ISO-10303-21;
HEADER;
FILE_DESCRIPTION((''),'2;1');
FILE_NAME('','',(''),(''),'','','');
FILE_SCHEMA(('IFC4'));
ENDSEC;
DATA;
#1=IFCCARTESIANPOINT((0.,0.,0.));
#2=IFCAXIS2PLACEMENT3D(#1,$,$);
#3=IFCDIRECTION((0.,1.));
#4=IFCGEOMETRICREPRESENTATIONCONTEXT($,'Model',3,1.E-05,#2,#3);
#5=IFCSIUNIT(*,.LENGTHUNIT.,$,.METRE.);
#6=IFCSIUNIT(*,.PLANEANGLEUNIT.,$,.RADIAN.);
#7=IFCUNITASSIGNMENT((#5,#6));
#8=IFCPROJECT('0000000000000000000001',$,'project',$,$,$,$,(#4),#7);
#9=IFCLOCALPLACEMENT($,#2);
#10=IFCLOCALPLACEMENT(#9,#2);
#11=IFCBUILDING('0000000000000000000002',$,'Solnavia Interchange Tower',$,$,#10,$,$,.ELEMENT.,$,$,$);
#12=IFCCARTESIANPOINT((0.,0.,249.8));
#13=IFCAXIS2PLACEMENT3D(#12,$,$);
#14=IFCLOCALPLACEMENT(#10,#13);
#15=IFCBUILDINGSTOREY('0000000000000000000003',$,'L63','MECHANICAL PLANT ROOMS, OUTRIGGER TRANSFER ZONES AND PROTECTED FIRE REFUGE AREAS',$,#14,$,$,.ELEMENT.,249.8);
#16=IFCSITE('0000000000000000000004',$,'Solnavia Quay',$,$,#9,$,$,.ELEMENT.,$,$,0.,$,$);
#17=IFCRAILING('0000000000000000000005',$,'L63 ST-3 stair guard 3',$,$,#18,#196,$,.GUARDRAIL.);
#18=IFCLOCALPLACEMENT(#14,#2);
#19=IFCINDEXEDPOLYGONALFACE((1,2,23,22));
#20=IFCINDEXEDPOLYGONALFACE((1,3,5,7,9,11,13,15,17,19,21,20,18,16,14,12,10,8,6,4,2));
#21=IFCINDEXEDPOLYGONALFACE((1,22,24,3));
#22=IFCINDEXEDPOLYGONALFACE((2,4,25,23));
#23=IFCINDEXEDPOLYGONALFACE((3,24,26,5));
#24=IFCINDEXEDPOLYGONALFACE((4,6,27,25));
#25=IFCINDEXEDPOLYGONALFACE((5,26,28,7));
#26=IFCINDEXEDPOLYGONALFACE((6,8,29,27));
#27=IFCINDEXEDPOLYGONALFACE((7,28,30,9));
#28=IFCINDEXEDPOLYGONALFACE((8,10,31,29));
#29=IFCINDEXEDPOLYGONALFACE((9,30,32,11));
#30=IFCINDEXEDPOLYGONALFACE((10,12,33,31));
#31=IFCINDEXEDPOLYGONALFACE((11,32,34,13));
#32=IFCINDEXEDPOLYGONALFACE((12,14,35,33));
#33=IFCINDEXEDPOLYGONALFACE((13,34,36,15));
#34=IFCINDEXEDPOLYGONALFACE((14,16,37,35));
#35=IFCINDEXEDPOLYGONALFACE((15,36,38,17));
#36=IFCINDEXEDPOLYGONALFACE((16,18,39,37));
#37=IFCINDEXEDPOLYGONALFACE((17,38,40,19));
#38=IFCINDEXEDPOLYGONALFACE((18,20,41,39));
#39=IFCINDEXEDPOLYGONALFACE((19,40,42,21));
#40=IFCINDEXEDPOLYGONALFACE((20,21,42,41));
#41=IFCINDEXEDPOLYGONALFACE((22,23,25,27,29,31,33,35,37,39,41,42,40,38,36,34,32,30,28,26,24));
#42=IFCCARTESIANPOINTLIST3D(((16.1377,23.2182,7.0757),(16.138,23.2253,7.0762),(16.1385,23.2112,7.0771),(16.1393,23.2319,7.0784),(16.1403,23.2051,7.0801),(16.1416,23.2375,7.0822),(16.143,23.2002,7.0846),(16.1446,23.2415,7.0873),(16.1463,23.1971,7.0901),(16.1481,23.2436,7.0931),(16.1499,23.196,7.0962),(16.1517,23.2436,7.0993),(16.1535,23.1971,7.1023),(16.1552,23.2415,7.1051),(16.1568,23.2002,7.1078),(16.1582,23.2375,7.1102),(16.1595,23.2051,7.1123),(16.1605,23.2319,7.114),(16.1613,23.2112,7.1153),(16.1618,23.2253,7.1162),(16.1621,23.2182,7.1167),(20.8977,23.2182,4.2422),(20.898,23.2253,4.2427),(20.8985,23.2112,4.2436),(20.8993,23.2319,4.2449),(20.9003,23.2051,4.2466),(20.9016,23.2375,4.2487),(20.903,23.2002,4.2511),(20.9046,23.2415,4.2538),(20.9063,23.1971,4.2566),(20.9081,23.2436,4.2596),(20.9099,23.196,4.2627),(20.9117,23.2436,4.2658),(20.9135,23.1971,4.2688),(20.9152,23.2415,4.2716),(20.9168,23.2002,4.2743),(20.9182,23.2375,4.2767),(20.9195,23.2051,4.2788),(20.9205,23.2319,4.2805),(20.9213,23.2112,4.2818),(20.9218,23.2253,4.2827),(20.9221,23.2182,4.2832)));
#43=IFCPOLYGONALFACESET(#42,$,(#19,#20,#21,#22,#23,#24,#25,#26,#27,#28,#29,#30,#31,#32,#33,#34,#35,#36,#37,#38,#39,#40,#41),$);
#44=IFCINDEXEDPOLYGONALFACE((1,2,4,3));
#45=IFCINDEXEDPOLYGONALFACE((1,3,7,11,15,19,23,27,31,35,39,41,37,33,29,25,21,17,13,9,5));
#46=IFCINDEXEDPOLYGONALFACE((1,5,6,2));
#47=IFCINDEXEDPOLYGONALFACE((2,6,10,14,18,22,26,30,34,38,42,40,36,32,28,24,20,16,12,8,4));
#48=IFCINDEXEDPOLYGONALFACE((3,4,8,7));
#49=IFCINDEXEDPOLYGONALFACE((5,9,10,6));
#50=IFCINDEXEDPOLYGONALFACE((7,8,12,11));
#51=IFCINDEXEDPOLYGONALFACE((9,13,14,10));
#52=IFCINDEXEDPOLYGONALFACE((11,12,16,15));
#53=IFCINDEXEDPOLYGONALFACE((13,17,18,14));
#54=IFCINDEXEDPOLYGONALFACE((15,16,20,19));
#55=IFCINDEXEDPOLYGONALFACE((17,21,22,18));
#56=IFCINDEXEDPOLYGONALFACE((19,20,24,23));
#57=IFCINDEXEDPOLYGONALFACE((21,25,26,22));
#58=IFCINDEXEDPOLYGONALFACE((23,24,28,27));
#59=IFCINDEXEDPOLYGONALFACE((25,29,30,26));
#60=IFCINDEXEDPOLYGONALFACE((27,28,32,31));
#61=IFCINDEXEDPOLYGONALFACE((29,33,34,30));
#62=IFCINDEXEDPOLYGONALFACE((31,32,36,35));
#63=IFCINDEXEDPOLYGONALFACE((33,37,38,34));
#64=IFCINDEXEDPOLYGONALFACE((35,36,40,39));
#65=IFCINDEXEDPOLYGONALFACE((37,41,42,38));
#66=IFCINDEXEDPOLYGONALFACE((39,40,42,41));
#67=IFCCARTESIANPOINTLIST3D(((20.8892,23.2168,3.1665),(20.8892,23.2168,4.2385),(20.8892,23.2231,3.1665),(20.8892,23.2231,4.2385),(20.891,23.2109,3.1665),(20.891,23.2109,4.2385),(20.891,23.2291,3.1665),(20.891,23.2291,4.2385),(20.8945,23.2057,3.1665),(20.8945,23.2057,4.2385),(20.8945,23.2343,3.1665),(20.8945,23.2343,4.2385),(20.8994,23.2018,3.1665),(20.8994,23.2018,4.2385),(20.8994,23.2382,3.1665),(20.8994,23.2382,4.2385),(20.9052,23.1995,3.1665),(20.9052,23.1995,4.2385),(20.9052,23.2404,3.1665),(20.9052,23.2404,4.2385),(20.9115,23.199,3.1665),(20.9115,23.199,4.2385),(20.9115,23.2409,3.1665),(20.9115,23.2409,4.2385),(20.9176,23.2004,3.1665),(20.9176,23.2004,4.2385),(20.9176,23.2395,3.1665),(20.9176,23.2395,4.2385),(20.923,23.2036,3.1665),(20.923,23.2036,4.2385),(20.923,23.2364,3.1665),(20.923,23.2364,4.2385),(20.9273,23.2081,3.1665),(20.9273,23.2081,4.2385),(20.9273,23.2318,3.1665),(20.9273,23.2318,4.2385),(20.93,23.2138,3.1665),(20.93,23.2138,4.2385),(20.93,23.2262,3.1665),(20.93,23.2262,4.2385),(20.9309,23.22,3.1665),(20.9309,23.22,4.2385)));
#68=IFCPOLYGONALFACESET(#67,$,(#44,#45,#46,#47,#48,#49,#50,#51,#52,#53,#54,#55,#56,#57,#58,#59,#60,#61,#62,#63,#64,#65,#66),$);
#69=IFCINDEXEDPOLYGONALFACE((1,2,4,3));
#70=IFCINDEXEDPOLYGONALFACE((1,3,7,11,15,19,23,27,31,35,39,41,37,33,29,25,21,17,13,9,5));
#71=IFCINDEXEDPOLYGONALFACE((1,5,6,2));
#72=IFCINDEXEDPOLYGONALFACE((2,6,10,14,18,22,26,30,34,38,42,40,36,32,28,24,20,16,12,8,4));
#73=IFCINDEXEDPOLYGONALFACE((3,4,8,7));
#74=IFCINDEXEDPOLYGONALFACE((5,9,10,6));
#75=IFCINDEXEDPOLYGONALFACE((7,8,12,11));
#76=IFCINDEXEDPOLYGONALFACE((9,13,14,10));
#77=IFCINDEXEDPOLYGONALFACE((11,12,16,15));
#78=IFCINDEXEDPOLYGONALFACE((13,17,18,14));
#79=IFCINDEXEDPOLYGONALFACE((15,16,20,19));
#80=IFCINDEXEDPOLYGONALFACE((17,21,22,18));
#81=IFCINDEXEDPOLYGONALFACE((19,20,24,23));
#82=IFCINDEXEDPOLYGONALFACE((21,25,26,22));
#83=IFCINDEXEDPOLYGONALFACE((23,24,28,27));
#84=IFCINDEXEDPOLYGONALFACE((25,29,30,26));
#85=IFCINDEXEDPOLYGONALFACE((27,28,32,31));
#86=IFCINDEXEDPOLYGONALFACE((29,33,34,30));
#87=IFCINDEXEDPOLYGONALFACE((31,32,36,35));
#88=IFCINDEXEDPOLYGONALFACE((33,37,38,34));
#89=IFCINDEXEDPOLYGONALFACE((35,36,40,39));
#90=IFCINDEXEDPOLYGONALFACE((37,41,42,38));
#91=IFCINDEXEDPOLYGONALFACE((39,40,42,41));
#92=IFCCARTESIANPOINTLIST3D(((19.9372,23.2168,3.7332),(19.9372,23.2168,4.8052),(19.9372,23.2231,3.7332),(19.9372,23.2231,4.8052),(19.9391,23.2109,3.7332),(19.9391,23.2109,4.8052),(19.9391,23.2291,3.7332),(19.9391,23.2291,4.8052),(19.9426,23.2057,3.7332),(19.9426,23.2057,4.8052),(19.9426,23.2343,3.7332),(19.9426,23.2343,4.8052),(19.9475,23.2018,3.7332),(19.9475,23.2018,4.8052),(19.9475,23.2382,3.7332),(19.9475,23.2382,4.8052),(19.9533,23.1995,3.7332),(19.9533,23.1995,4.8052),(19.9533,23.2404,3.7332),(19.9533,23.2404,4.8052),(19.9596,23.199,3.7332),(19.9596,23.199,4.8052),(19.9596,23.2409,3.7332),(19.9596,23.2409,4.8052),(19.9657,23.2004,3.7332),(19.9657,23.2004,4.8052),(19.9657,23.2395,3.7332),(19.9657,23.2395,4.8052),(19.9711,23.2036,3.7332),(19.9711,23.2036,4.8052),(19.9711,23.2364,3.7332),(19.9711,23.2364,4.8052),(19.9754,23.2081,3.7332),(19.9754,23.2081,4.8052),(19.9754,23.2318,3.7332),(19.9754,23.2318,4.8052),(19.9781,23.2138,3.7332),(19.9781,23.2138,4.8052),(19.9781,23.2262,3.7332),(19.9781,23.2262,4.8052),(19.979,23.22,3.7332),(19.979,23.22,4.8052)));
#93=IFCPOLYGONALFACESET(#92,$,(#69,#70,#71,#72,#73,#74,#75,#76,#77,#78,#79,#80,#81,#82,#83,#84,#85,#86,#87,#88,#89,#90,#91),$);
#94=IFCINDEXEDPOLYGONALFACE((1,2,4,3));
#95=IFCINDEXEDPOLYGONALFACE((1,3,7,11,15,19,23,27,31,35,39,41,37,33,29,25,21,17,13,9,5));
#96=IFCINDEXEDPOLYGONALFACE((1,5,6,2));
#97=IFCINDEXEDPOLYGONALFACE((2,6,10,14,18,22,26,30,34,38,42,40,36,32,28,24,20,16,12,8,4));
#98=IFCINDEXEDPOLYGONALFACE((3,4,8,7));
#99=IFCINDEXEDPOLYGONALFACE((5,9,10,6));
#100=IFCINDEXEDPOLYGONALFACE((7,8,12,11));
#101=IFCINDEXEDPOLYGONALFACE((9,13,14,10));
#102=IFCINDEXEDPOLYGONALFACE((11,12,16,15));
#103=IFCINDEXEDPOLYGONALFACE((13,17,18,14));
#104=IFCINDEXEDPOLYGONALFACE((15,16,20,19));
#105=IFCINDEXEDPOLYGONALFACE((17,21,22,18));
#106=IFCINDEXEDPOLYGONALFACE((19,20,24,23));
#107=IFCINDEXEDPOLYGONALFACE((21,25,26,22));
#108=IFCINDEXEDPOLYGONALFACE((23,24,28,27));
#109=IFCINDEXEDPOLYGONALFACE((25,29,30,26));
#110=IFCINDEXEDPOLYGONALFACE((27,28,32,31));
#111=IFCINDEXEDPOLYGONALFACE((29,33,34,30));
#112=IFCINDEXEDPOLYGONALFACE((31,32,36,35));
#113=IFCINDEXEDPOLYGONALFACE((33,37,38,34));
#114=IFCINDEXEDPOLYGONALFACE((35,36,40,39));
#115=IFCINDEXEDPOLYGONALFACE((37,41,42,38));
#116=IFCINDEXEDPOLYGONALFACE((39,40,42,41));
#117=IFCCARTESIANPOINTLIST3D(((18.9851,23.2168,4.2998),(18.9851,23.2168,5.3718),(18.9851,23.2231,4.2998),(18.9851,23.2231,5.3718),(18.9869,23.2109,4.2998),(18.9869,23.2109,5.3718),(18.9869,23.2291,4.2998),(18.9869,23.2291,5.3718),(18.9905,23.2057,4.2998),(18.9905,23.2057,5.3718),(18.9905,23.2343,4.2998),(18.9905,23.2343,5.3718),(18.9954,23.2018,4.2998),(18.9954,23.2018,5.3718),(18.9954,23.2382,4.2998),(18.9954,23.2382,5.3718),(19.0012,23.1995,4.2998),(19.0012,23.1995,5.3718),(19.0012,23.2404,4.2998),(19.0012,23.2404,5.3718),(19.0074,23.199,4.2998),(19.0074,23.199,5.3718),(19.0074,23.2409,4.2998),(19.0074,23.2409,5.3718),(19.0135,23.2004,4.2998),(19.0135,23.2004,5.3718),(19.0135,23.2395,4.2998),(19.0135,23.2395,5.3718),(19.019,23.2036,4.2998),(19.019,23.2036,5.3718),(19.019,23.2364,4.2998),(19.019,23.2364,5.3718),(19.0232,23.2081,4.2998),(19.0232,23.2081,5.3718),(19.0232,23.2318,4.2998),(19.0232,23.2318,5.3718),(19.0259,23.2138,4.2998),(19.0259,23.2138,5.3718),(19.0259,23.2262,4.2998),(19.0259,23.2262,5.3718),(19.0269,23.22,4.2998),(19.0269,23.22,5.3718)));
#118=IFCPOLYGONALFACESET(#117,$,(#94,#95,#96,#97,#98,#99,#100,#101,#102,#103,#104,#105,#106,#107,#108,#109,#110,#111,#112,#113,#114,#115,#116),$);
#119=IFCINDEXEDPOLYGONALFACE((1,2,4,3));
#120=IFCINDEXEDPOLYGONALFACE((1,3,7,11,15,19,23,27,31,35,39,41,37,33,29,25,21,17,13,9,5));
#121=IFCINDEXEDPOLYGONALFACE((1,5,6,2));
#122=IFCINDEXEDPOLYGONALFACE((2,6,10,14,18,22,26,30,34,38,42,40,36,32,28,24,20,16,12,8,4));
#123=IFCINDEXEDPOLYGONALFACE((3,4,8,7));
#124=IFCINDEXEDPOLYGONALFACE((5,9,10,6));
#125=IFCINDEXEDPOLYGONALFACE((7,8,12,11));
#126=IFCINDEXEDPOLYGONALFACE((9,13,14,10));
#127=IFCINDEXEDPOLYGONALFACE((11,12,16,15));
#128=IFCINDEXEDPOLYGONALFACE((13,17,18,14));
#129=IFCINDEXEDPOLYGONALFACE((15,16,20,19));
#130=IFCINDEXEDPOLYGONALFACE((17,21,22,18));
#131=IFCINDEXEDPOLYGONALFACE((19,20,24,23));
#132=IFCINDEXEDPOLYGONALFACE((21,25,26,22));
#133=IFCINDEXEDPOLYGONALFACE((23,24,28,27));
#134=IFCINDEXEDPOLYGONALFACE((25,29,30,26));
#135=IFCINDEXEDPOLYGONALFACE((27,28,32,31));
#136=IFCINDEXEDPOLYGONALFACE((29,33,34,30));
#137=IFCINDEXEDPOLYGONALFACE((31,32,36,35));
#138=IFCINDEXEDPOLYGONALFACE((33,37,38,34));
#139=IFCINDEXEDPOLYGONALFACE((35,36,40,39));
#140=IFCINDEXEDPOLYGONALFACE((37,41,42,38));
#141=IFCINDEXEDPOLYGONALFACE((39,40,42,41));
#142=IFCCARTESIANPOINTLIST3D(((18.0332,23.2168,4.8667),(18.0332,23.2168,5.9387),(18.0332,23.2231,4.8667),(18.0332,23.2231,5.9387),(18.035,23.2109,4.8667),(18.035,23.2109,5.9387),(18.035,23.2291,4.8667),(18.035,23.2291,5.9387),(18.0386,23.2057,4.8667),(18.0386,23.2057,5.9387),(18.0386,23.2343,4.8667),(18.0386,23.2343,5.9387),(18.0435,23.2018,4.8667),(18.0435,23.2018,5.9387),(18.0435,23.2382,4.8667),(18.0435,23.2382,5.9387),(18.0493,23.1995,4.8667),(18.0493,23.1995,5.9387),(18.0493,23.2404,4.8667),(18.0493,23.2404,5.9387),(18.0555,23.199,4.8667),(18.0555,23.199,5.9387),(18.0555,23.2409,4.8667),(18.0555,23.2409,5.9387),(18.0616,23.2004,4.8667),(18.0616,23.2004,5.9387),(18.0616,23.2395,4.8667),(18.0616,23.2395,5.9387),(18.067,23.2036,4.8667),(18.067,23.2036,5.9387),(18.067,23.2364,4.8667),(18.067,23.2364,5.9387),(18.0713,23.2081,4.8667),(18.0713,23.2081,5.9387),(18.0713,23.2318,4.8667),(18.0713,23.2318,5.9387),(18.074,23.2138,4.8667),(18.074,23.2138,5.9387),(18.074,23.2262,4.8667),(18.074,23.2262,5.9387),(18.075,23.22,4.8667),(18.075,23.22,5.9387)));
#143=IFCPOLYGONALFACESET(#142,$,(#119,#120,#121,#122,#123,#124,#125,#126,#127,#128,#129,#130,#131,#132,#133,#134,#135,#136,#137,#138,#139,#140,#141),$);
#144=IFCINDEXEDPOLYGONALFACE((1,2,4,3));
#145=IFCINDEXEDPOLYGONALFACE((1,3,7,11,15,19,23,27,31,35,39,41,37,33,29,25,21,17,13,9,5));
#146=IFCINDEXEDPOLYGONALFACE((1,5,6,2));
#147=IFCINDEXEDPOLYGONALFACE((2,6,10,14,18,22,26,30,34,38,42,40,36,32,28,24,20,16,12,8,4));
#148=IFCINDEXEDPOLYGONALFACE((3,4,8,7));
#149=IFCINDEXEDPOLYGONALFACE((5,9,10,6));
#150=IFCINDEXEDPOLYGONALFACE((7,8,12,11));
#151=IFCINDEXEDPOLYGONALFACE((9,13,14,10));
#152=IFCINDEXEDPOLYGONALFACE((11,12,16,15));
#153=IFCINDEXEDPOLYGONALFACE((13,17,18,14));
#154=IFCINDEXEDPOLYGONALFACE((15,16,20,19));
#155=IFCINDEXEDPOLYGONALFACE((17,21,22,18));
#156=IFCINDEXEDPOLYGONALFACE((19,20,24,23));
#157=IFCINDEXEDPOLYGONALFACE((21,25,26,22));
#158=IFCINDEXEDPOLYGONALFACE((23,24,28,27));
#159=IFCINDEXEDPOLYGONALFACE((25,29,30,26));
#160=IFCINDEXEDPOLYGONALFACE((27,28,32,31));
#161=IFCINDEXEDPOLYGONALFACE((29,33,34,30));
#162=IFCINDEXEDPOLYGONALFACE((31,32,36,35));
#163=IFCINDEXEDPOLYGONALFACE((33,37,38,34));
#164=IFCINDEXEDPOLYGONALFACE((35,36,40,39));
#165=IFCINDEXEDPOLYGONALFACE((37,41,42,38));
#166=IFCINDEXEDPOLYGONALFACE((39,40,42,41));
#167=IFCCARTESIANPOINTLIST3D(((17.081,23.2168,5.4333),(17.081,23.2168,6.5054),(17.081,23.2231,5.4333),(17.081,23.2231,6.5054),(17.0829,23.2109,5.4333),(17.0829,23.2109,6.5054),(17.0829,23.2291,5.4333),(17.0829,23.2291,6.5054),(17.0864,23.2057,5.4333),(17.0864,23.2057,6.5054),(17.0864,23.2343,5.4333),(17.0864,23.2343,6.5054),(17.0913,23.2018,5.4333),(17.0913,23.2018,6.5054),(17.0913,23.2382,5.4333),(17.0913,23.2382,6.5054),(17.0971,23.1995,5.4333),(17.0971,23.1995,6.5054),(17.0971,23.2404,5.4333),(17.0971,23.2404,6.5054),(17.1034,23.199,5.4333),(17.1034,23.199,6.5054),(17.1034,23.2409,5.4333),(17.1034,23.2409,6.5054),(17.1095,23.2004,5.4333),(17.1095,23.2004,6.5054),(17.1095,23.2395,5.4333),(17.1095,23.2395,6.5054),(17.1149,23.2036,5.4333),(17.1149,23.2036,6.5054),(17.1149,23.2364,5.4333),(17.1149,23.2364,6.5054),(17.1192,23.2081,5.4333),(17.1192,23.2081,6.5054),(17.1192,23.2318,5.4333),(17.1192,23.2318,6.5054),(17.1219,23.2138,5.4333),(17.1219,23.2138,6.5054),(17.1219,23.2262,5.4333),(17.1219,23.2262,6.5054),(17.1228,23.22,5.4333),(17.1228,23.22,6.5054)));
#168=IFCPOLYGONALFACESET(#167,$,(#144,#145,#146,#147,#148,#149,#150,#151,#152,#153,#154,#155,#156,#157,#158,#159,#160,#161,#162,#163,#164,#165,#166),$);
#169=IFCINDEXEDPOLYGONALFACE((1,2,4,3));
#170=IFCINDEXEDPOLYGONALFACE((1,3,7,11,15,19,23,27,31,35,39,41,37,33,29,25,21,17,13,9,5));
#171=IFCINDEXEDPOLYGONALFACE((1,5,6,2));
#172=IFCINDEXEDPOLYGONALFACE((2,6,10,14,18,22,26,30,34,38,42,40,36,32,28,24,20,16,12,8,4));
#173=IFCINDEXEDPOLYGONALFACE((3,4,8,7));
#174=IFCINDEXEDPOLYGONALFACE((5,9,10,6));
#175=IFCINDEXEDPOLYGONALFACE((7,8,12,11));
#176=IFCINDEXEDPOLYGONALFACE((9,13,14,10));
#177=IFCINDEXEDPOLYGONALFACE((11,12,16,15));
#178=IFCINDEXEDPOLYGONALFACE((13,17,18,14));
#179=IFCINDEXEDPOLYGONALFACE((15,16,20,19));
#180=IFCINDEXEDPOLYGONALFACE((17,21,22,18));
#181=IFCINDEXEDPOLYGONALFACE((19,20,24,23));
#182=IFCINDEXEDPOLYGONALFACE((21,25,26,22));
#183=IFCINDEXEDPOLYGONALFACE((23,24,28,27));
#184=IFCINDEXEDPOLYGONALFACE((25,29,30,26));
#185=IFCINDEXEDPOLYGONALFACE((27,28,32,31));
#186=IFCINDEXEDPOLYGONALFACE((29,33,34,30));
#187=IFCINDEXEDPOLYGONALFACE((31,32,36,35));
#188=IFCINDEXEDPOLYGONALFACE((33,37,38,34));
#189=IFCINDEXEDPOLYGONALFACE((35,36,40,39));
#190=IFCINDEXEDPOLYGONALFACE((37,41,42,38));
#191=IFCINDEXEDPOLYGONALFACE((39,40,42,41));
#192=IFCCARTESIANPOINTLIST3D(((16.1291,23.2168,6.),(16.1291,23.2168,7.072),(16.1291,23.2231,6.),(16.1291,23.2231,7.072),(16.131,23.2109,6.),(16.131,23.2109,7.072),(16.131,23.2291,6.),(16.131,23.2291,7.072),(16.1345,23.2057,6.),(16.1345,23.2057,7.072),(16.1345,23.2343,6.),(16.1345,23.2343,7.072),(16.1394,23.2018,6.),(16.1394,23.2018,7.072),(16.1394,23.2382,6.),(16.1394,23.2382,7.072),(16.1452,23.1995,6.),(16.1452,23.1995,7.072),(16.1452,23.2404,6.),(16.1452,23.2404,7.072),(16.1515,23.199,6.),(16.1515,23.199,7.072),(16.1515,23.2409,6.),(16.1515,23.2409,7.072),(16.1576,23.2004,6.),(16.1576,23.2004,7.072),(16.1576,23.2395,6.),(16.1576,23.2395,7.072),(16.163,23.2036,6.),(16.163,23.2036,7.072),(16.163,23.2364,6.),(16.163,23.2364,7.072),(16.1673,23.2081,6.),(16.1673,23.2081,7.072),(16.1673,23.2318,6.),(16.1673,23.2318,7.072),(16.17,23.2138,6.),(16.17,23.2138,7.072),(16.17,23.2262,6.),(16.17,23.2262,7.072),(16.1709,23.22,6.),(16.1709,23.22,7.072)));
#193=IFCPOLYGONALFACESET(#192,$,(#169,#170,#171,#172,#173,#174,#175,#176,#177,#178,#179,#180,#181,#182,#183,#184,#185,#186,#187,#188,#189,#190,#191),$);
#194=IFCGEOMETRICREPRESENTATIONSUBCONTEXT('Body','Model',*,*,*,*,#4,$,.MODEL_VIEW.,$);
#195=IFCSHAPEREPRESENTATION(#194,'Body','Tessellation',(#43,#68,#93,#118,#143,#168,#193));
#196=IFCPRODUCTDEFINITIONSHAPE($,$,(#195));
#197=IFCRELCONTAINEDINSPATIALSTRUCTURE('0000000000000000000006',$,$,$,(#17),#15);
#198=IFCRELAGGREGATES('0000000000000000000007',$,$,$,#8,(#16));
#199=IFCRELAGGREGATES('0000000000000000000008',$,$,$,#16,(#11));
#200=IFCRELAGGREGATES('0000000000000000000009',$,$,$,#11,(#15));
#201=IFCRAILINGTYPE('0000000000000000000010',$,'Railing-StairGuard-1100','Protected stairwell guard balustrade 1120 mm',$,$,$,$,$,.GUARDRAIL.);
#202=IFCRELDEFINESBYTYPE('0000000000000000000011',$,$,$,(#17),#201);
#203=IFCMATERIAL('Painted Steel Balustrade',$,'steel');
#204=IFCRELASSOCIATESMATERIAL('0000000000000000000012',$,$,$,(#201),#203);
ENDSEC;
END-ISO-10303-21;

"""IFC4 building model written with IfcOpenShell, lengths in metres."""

from ifc_helpers import new_model, si_unit, direction, frame, origin, origin_2d, place, context, subcontext, project, spatial, circle, extrude, material, type_object, element, save


model = new_model("IFC4")

# Units and contexts
model_context = context("Model", 3, precision=1e-05, world=origin(), true_north=direction((0.0, 1.0)))
body_context = subcontext(model_context, "Body", "Model", "MODEL_VIEW")
ifc_project = project(units=[si_unit("LENGTHUNIT", "METRE"), si_unit("PLANEANGLEUNIT", "RADIAN")], contexts=[model_context])

# Site, building, storey
site_placement = place(None, origin())
site = spatial("IfcSite", under=ifc_project, at=site_placement, Name="Solnavia Quay", CompositionType="ELEMENT", RefElevation=0.0)
building_placement = place(site_placement, origin())
building = spatial("IfcBuilding", under=site, at=building_placement, Name="Solnavia Interchange Tower", CompositionType="ELEMENT")
storey_placement = place(building_placement, frame((0.0, 0.0, 249.8)))
storey = spatial("IfcBuildingStorey", under=building, at=storey_placement, Name="L63", Description="MECHANICAL PLANT ROOMS, OUTRIGGER TRANSFER ZONES AND PROTECTED FIRE REFUGE AREAS", CompositionType="ELEMENT", Elevation=249.8)

# Railing
ifc_material_1 = material(Name="Painted Steel Balustrade", Category="steel")
railing_type_1 = type_object("IfcRailingType", Name="Railing-StairGuard-1100", Description="Protected stairwell guard balustrade 1120 mm", PredefinedType="GUARDRAIL", material=ifc_material_1)
railing_1_placement = place(storey_placement, frame((20.9099, 23.22, 3.1665)))
element("IfcRailing", 1, at=railing_1_placement, inside=storey, type_object=railing_type_1, Name="L63 ST-3 stair guard 3", PredefinedType="GUARDRAIL", context=body_context, shape_type="SweptSolid", body=[
    extrude(circle(Radius=0.0239, at=origin_2d()), frame((0.0, 0.0, 1.0962), z_axis=(-0.85928, 0.0, 0.511505), x_axis=(0.0, -1.0, 0.0)), (0.0, 0.0, 1.0), 5.5396),
    extrude(circle(Radius=0.021, at=origin_2d()), origin(), (0.0, 0.0, 1.0), 1.072),
    extrude(circle(Radius=0.021, at=origin_2d()), frame((-0.9519, 0.0, 0.5667)), (0.0, 0.0, 1.0), 1.072),
    extrude(circle(Radius=0.021, at=origin_2d()), frame((-1.9041, 0.0, 1.1333)), (0.0, 0.0, 1.0), 1.072),
    extrude(circle(Radius=0.021, at=origin_2d()), frame((-2.856, 0.0, 1.7002)), (0.0, 0.0, 1.0), 1.072),
    extrude(circle(Radius=0.021, at=origin_2d()), frame((-3.8081, 0.0, 2.2668)), (0.0, 0.0, 1.0), 1.072),
    extrude(circle(Radius=0.021, at=origin_2d()), frame((-4.76, 0.0, 2.8335)), (0.0, 0.0, 1.0), 1.072),
])

save(model, "model.ifc")
